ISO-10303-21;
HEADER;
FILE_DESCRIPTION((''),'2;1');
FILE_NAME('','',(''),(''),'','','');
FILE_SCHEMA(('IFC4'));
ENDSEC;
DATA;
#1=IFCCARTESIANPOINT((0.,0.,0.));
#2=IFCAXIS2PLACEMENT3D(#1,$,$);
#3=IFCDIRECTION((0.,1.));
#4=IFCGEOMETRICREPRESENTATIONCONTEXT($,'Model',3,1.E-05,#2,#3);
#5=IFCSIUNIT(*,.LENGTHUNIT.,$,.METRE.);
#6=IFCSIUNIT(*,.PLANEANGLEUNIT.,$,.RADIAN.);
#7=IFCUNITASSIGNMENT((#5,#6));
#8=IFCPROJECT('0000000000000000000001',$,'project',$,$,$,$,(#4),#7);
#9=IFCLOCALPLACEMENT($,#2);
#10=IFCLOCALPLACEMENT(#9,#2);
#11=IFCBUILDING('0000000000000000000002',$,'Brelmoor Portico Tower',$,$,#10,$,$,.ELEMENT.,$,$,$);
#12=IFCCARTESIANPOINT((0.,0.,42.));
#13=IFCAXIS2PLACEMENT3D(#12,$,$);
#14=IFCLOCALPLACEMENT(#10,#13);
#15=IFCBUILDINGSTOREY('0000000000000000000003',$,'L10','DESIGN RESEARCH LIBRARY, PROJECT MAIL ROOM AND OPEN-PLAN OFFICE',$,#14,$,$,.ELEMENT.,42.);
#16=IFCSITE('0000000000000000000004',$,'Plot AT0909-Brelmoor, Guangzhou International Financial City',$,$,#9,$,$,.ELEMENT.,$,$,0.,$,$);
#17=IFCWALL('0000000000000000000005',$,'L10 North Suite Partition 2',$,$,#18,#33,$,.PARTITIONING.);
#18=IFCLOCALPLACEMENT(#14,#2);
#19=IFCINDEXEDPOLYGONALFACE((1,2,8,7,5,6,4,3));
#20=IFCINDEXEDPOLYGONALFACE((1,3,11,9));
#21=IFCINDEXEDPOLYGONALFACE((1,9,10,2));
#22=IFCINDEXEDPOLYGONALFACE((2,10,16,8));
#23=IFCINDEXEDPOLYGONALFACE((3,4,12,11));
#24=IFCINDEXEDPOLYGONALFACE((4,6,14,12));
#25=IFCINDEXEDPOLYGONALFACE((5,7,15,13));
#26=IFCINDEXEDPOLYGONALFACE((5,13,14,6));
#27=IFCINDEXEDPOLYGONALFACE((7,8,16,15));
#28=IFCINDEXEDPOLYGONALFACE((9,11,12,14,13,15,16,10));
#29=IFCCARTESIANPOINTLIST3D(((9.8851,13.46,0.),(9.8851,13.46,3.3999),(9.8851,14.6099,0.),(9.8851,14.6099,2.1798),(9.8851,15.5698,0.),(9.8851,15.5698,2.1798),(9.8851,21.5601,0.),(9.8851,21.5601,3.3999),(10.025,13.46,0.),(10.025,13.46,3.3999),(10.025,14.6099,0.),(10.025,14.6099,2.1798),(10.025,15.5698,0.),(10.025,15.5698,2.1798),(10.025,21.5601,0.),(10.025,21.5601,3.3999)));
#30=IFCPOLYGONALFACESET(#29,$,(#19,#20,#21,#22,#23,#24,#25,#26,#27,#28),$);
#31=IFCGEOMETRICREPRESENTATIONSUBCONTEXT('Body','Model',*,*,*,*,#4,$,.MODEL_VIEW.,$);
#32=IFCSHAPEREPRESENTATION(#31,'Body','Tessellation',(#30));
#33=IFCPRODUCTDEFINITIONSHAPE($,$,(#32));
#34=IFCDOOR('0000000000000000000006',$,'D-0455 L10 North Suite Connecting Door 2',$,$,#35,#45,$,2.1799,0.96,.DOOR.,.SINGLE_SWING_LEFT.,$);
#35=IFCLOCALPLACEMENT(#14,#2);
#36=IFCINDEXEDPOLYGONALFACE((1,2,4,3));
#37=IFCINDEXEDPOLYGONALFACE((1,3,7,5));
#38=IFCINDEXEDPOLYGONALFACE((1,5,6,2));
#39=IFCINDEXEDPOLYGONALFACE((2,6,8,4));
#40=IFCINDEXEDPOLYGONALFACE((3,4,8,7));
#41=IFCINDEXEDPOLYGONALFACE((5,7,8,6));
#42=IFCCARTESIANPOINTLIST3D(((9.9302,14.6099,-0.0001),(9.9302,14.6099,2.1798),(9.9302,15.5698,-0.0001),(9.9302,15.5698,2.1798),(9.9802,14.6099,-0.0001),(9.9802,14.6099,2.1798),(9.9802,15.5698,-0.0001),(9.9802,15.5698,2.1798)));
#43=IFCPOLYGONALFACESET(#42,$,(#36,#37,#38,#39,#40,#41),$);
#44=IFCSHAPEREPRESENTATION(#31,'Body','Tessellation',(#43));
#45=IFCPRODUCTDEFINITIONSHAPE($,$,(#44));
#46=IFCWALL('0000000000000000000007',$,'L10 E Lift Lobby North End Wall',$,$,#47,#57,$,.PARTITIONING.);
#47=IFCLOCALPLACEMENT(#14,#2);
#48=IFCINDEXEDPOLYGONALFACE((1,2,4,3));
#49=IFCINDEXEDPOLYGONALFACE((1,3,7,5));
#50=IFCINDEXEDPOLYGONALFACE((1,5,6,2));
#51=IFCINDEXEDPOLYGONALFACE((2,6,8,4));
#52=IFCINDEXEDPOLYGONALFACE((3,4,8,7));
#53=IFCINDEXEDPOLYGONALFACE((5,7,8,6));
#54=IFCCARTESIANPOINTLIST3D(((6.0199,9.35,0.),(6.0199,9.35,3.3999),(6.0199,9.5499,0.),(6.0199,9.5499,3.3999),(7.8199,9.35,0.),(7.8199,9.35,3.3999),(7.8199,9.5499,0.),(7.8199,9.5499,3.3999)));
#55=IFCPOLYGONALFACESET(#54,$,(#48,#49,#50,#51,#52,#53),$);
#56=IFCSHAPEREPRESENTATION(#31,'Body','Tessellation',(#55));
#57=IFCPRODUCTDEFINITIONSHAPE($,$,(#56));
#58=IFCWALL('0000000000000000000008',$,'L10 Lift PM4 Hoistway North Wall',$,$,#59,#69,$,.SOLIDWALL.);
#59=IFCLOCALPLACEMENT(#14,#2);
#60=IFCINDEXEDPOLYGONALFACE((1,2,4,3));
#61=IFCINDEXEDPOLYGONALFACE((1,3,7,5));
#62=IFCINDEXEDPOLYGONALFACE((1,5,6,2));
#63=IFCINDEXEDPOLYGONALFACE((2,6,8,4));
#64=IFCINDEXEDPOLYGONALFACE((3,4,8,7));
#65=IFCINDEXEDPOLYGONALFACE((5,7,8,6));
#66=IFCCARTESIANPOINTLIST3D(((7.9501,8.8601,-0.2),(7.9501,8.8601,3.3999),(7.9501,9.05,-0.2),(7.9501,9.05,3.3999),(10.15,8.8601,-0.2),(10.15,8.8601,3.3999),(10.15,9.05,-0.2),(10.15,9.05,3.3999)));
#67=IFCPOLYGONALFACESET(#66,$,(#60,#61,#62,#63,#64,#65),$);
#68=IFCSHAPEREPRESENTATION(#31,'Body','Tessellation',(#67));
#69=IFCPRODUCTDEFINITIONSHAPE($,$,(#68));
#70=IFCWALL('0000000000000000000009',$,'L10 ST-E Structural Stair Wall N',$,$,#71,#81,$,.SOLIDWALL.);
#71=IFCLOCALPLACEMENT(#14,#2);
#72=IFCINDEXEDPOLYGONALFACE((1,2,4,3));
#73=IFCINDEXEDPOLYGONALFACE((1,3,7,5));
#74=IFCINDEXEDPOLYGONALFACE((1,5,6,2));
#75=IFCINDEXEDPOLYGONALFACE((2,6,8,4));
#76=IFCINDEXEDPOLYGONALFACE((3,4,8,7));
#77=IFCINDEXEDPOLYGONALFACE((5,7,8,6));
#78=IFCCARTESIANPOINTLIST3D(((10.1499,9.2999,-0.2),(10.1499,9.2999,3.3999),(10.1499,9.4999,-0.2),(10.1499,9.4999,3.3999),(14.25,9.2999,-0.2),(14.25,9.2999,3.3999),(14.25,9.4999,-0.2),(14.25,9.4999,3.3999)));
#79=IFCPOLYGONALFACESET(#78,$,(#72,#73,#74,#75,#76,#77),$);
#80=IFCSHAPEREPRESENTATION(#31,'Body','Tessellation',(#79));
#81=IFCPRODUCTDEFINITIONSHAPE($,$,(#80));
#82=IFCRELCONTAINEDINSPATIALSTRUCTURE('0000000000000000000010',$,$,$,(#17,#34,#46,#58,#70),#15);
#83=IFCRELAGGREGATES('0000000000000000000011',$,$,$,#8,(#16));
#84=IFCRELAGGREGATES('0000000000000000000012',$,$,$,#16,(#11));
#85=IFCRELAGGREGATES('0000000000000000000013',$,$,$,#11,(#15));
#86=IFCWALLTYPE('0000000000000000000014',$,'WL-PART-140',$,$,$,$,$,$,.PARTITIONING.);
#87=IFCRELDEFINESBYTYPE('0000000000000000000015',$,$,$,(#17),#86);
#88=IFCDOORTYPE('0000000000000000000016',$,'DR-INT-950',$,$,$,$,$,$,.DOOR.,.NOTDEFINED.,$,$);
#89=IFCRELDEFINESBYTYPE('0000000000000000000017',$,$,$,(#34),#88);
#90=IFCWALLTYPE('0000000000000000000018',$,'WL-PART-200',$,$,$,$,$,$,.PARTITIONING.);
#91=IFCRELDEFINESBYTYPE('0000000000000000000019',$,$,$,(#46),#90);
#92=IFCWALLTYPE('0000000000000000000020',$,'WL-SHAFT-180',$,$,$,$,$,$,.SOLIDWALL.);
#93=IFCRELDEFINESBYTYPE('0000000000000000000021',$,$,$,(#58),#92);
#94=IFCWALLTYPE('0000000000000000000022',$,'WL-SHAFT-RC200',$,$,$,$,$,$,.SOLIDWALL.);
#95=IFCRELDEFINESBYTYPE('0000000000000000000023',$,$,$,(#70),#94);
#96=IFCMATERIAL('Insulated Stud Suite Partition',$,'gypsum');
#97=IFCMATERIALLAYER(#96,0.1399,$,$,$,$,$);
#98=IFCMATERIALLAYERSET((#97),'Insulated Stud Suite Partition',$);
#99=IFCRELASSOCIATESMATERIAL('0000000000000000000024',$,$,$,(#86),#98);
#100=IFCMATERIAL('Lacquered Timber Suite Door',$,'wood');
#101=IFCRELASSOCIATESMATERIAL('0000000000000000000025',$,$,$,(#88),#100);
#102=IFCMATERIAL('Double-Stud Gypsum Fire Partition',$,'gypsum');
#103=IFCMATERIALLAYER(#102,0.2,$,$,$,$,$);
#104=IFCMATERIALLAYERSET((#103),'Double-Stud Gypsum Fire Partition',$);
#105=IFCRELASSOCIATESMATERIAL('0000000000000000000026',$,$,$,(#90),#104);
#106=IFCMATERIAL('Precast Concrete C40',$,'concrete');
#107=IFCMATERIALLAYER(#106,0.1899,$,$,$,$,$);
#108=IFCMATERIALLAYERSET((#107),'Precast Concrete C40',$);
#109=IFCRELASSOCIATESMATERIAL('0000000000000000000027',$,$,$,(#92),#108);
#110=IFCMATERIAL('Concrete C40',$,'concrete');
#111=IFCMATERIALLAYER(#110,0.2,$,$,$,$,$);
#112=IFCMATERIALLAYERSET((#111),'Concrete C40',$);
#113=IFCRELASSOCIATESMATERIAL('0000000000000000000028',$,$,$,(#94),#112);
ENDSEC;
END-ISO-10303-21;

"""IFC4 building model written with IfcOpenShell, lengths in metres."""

from ifc_helpers import new_model, si_unit, direction, frame, frame_2d, origin, place, context, subcontext, project, spatial, rectangle, extrude, material, layer, layer_set, type_object, element, fill, save


model = new_model("IFC4")

# Units and contexts
model_context = context("Model", 3, precision=1e-05, world=origin(), true_north=direction((0.0, 1.0)))
body_context = subcontext(model_context, "Body", "Model", "MODEL_VIEW")
ifc_project = project(units=[si_unit("LENGTHUNIT", "METRE"), si_unit("PLANEANGLEUNIT", "RADIAN")], contexts=[model_context])

# Site, building, storey
site_placement = place(None, origin())
site = spatial("IfcSite", under=ifc_project, at=site_placement, Name="Plot AT0909-Brelmoor, Guangzhou International Financial City", CompositionType="ELEMENT", RefElevation=0.0)
building_placement = place(site_placement, origin())
building = spatial("IfcBuilding", under=site, at=building_placement, Name="Brelmoor Portico Tower", CompositionType="ELEMENT")
storey_placement = place(building_placement, frame((0.0, 0.0, 42.0)))
storey = spatial("IfcBuildingStorey", under=building, at=storey_placement, Name="L10", Description="DESIGN RESEARCH LIBRARY, PROJECT MAIL ROOM AND OPEN-PLAN OFFICE", CompositionType="ELEMENT", Elevation=42.0)

# Wall, opening, door
ifc_material_1 = material(Name="Insulated Stud Suite Partition", Category="gypsum")
ifc_layer_1 = layer(ifc_material_1, 0.1399)
ifc_layer_set_1 = layer_set([ifc_layer_1], Name="Insulated Stud Suite Partition")
wall_type_1 = type_object("IfcWallType", Name="WL-PART-140", PredefinedType="PARTITIONING", material=ifc_layer_set_1)
wall_1_placement = place(storey_placement, frame((9.9551, 13.46, 0.0), z_axis=(0.0, 0.0, 1.0), x_axis=(0.0, 1.0, 0.0)))
wall_1 = element("IfcWall", 1, at=wall_1_placement, inside=storey, type_object=wall_type_1, Name="L10 North Suite Partition 2", PredefinedType="PARTITIONING", context=body_context, shape_type="SweptSolid", body=[
    extrude(rectangle(XDim=8.1001, YDim=0.1399, at=frame_2d((4.05, 0.0))), origin(), (0.0, 0.0, 1.0), 3.3999),
])
opening_1_placement = place(wall_1_placement, frame((1.1499, 0.0, 0.0)))
opening_1 = element("IfcOpeningElement", 2, at=opening_1_placement, cuts=wall_1, PredefinedType="OPENING", context=body_context, shape_type="SweptSolid", body=[
    extrude(rectangle(XDim=0.96, YDim=2.1799, at=frame_2d((0.48, 1.0898))), frame((0.0, 0.0798, 0.0), z_axis=(0.0, -1.0, 0.0), x_axis=(1.0, 0.0, 0.0)), (0.0, 0.0, 1.0), 0.1599),
])
ifc_material_2 = material(Name="Lacquered Timber Suite Door", Category="wood")
door_type = type_object("IfcDoorType", Name="DR-INT-950", OperationType="NOTDEFINED", PredefinedType="DOOR", material=ifc_material_2)
door_placement = place(opening_1_placement, origin())
door = element("IfcDoor", 3, at=door_placement, inside=storey, type_object=door_type, Name="D-0455 L10 North Suite Connecting Door 2", OperationType="SINGLE_SWING_LEFT", OverallHeight=2.1799, OverallWidth=0.96, PredefinedType="DOOR", context=body_context, shape_type="SweptSolid", body=[
    extrude(rectangle(XDim=0.96, YDim=2.1799, at=frame_2d((0.48, 1.0898))), frame((0.0, 0.0249, 0.0), z_axis=(0.0, -1.0, 0.0), x_axis=(1.0, 0.0, 0.0)), (0.0, 0.0, 1.0), 0.05),
])
fill(opening_1, door)

# Walls
ifc_material_3 = material(Name="Double-Stud Gypsum Fire Partition", Category="gypsum")
ifc_layer_2 = layer(ifc_material_3, 0.2)
ifc_layer_set_2 = layer_set([ifc_layer_2], Name="Double-Stud Gypsum Fire Partition")
wall_type_2 = type_object("IfcWallType", Name="WL-PART-200", PredefinedType="PARTITIONING", material=ifc_layer_set_2)
wall_2_placement = place(storey_placement, frame((6.02, 9.45, 0.0), z_axis=(0.0, 0.0, 1.0), x_axis=(1.0, 0.0, 0.0)))
element("IfcWall", 4, at=wall_2_placement, inside=storey, type_object=wall_type_2, Name="L10 E Lift Lobby North End Wall", PredefinedType="PARTITIONING", context=body_context, shape_type="SweptSolid", body=[
    extrude(rectangle(XDim=1.8, YDim=0.2, at=frame_2d((0.8999, 0.0))), origin(), (0.0, 0.0, 1.0), 3.3999),
])
ifc_material_4 = material(Name="Precast Concrete C40", Category="concrete")
ifc_layer_3 = layer(ifc_material_4, 0.1899)
ifc_layer_set_3 = layer_set([ifc_layer_3], Name="Precast Concrete C40")
wall_type_3 = type_object("IfcWallType", Name="WL-SHAFT-180", PredefinedType="SOLIDWALL", material=ifc_layer_set_3)
wall_3_placement = place(storey_placement, frame((7.95, 8.9551, -0.2), z_axis=(0.0, 0.0, 1.0), x_axis=(1.0, 0.0, 0.0)))
element("IfcWall", 5, at=wall_3_placement, inside=storey, type_object=wall_type_3, Name="L10 Lift PM4 Hoistway North Wall", PredefinedType="SOLIDWALL", context=body_context, shape_type="SweptSolid", body=[
    extrude(rectangle(XDim=2.2, YDim=0.1899, at=frame_2d((1.1001, 0.0))), origin(), (0.0, 0.0, 1.0), 3.5999),
])
ifc_material_5 = material(Name="Concrete C40", Category="concrete")
ifc_layer_4 = layer(ifc_material_5, 0.2)
ifc_layer_set_4 = layer_set([ifc_layer_4], Name="Concrete C40")
wall_type_4 = type_object("IfcWallType", Name="WL-SHAFT-RC200", PredefinedType="SOLIDWALL", material=ifc_layer_set_4)
wall_4_placement = place(storey_placement, frame((10.1499, 9.3999, -0.2), z_axis=(0.0, 0.0, 1.0), x_axis=(1.0, 0.0, 0.0)))
element("IfcWall", 6, at=wall_4_placement, inside=storey, type_object=wall_type_4, Name="L10 ST-E Structural Stair Wall N", PredefinedType="SOLIDWALL", context=body_context, shape_type="SweptSolid", body=[
    extrude(rectangle(XDim=4.1001, YDim=0.2, at=frame_2d((2.05, 0.0))), origin(), (0.0, 0.0, 1.0), 3.5999),
])

save(model, "model.ifc")
